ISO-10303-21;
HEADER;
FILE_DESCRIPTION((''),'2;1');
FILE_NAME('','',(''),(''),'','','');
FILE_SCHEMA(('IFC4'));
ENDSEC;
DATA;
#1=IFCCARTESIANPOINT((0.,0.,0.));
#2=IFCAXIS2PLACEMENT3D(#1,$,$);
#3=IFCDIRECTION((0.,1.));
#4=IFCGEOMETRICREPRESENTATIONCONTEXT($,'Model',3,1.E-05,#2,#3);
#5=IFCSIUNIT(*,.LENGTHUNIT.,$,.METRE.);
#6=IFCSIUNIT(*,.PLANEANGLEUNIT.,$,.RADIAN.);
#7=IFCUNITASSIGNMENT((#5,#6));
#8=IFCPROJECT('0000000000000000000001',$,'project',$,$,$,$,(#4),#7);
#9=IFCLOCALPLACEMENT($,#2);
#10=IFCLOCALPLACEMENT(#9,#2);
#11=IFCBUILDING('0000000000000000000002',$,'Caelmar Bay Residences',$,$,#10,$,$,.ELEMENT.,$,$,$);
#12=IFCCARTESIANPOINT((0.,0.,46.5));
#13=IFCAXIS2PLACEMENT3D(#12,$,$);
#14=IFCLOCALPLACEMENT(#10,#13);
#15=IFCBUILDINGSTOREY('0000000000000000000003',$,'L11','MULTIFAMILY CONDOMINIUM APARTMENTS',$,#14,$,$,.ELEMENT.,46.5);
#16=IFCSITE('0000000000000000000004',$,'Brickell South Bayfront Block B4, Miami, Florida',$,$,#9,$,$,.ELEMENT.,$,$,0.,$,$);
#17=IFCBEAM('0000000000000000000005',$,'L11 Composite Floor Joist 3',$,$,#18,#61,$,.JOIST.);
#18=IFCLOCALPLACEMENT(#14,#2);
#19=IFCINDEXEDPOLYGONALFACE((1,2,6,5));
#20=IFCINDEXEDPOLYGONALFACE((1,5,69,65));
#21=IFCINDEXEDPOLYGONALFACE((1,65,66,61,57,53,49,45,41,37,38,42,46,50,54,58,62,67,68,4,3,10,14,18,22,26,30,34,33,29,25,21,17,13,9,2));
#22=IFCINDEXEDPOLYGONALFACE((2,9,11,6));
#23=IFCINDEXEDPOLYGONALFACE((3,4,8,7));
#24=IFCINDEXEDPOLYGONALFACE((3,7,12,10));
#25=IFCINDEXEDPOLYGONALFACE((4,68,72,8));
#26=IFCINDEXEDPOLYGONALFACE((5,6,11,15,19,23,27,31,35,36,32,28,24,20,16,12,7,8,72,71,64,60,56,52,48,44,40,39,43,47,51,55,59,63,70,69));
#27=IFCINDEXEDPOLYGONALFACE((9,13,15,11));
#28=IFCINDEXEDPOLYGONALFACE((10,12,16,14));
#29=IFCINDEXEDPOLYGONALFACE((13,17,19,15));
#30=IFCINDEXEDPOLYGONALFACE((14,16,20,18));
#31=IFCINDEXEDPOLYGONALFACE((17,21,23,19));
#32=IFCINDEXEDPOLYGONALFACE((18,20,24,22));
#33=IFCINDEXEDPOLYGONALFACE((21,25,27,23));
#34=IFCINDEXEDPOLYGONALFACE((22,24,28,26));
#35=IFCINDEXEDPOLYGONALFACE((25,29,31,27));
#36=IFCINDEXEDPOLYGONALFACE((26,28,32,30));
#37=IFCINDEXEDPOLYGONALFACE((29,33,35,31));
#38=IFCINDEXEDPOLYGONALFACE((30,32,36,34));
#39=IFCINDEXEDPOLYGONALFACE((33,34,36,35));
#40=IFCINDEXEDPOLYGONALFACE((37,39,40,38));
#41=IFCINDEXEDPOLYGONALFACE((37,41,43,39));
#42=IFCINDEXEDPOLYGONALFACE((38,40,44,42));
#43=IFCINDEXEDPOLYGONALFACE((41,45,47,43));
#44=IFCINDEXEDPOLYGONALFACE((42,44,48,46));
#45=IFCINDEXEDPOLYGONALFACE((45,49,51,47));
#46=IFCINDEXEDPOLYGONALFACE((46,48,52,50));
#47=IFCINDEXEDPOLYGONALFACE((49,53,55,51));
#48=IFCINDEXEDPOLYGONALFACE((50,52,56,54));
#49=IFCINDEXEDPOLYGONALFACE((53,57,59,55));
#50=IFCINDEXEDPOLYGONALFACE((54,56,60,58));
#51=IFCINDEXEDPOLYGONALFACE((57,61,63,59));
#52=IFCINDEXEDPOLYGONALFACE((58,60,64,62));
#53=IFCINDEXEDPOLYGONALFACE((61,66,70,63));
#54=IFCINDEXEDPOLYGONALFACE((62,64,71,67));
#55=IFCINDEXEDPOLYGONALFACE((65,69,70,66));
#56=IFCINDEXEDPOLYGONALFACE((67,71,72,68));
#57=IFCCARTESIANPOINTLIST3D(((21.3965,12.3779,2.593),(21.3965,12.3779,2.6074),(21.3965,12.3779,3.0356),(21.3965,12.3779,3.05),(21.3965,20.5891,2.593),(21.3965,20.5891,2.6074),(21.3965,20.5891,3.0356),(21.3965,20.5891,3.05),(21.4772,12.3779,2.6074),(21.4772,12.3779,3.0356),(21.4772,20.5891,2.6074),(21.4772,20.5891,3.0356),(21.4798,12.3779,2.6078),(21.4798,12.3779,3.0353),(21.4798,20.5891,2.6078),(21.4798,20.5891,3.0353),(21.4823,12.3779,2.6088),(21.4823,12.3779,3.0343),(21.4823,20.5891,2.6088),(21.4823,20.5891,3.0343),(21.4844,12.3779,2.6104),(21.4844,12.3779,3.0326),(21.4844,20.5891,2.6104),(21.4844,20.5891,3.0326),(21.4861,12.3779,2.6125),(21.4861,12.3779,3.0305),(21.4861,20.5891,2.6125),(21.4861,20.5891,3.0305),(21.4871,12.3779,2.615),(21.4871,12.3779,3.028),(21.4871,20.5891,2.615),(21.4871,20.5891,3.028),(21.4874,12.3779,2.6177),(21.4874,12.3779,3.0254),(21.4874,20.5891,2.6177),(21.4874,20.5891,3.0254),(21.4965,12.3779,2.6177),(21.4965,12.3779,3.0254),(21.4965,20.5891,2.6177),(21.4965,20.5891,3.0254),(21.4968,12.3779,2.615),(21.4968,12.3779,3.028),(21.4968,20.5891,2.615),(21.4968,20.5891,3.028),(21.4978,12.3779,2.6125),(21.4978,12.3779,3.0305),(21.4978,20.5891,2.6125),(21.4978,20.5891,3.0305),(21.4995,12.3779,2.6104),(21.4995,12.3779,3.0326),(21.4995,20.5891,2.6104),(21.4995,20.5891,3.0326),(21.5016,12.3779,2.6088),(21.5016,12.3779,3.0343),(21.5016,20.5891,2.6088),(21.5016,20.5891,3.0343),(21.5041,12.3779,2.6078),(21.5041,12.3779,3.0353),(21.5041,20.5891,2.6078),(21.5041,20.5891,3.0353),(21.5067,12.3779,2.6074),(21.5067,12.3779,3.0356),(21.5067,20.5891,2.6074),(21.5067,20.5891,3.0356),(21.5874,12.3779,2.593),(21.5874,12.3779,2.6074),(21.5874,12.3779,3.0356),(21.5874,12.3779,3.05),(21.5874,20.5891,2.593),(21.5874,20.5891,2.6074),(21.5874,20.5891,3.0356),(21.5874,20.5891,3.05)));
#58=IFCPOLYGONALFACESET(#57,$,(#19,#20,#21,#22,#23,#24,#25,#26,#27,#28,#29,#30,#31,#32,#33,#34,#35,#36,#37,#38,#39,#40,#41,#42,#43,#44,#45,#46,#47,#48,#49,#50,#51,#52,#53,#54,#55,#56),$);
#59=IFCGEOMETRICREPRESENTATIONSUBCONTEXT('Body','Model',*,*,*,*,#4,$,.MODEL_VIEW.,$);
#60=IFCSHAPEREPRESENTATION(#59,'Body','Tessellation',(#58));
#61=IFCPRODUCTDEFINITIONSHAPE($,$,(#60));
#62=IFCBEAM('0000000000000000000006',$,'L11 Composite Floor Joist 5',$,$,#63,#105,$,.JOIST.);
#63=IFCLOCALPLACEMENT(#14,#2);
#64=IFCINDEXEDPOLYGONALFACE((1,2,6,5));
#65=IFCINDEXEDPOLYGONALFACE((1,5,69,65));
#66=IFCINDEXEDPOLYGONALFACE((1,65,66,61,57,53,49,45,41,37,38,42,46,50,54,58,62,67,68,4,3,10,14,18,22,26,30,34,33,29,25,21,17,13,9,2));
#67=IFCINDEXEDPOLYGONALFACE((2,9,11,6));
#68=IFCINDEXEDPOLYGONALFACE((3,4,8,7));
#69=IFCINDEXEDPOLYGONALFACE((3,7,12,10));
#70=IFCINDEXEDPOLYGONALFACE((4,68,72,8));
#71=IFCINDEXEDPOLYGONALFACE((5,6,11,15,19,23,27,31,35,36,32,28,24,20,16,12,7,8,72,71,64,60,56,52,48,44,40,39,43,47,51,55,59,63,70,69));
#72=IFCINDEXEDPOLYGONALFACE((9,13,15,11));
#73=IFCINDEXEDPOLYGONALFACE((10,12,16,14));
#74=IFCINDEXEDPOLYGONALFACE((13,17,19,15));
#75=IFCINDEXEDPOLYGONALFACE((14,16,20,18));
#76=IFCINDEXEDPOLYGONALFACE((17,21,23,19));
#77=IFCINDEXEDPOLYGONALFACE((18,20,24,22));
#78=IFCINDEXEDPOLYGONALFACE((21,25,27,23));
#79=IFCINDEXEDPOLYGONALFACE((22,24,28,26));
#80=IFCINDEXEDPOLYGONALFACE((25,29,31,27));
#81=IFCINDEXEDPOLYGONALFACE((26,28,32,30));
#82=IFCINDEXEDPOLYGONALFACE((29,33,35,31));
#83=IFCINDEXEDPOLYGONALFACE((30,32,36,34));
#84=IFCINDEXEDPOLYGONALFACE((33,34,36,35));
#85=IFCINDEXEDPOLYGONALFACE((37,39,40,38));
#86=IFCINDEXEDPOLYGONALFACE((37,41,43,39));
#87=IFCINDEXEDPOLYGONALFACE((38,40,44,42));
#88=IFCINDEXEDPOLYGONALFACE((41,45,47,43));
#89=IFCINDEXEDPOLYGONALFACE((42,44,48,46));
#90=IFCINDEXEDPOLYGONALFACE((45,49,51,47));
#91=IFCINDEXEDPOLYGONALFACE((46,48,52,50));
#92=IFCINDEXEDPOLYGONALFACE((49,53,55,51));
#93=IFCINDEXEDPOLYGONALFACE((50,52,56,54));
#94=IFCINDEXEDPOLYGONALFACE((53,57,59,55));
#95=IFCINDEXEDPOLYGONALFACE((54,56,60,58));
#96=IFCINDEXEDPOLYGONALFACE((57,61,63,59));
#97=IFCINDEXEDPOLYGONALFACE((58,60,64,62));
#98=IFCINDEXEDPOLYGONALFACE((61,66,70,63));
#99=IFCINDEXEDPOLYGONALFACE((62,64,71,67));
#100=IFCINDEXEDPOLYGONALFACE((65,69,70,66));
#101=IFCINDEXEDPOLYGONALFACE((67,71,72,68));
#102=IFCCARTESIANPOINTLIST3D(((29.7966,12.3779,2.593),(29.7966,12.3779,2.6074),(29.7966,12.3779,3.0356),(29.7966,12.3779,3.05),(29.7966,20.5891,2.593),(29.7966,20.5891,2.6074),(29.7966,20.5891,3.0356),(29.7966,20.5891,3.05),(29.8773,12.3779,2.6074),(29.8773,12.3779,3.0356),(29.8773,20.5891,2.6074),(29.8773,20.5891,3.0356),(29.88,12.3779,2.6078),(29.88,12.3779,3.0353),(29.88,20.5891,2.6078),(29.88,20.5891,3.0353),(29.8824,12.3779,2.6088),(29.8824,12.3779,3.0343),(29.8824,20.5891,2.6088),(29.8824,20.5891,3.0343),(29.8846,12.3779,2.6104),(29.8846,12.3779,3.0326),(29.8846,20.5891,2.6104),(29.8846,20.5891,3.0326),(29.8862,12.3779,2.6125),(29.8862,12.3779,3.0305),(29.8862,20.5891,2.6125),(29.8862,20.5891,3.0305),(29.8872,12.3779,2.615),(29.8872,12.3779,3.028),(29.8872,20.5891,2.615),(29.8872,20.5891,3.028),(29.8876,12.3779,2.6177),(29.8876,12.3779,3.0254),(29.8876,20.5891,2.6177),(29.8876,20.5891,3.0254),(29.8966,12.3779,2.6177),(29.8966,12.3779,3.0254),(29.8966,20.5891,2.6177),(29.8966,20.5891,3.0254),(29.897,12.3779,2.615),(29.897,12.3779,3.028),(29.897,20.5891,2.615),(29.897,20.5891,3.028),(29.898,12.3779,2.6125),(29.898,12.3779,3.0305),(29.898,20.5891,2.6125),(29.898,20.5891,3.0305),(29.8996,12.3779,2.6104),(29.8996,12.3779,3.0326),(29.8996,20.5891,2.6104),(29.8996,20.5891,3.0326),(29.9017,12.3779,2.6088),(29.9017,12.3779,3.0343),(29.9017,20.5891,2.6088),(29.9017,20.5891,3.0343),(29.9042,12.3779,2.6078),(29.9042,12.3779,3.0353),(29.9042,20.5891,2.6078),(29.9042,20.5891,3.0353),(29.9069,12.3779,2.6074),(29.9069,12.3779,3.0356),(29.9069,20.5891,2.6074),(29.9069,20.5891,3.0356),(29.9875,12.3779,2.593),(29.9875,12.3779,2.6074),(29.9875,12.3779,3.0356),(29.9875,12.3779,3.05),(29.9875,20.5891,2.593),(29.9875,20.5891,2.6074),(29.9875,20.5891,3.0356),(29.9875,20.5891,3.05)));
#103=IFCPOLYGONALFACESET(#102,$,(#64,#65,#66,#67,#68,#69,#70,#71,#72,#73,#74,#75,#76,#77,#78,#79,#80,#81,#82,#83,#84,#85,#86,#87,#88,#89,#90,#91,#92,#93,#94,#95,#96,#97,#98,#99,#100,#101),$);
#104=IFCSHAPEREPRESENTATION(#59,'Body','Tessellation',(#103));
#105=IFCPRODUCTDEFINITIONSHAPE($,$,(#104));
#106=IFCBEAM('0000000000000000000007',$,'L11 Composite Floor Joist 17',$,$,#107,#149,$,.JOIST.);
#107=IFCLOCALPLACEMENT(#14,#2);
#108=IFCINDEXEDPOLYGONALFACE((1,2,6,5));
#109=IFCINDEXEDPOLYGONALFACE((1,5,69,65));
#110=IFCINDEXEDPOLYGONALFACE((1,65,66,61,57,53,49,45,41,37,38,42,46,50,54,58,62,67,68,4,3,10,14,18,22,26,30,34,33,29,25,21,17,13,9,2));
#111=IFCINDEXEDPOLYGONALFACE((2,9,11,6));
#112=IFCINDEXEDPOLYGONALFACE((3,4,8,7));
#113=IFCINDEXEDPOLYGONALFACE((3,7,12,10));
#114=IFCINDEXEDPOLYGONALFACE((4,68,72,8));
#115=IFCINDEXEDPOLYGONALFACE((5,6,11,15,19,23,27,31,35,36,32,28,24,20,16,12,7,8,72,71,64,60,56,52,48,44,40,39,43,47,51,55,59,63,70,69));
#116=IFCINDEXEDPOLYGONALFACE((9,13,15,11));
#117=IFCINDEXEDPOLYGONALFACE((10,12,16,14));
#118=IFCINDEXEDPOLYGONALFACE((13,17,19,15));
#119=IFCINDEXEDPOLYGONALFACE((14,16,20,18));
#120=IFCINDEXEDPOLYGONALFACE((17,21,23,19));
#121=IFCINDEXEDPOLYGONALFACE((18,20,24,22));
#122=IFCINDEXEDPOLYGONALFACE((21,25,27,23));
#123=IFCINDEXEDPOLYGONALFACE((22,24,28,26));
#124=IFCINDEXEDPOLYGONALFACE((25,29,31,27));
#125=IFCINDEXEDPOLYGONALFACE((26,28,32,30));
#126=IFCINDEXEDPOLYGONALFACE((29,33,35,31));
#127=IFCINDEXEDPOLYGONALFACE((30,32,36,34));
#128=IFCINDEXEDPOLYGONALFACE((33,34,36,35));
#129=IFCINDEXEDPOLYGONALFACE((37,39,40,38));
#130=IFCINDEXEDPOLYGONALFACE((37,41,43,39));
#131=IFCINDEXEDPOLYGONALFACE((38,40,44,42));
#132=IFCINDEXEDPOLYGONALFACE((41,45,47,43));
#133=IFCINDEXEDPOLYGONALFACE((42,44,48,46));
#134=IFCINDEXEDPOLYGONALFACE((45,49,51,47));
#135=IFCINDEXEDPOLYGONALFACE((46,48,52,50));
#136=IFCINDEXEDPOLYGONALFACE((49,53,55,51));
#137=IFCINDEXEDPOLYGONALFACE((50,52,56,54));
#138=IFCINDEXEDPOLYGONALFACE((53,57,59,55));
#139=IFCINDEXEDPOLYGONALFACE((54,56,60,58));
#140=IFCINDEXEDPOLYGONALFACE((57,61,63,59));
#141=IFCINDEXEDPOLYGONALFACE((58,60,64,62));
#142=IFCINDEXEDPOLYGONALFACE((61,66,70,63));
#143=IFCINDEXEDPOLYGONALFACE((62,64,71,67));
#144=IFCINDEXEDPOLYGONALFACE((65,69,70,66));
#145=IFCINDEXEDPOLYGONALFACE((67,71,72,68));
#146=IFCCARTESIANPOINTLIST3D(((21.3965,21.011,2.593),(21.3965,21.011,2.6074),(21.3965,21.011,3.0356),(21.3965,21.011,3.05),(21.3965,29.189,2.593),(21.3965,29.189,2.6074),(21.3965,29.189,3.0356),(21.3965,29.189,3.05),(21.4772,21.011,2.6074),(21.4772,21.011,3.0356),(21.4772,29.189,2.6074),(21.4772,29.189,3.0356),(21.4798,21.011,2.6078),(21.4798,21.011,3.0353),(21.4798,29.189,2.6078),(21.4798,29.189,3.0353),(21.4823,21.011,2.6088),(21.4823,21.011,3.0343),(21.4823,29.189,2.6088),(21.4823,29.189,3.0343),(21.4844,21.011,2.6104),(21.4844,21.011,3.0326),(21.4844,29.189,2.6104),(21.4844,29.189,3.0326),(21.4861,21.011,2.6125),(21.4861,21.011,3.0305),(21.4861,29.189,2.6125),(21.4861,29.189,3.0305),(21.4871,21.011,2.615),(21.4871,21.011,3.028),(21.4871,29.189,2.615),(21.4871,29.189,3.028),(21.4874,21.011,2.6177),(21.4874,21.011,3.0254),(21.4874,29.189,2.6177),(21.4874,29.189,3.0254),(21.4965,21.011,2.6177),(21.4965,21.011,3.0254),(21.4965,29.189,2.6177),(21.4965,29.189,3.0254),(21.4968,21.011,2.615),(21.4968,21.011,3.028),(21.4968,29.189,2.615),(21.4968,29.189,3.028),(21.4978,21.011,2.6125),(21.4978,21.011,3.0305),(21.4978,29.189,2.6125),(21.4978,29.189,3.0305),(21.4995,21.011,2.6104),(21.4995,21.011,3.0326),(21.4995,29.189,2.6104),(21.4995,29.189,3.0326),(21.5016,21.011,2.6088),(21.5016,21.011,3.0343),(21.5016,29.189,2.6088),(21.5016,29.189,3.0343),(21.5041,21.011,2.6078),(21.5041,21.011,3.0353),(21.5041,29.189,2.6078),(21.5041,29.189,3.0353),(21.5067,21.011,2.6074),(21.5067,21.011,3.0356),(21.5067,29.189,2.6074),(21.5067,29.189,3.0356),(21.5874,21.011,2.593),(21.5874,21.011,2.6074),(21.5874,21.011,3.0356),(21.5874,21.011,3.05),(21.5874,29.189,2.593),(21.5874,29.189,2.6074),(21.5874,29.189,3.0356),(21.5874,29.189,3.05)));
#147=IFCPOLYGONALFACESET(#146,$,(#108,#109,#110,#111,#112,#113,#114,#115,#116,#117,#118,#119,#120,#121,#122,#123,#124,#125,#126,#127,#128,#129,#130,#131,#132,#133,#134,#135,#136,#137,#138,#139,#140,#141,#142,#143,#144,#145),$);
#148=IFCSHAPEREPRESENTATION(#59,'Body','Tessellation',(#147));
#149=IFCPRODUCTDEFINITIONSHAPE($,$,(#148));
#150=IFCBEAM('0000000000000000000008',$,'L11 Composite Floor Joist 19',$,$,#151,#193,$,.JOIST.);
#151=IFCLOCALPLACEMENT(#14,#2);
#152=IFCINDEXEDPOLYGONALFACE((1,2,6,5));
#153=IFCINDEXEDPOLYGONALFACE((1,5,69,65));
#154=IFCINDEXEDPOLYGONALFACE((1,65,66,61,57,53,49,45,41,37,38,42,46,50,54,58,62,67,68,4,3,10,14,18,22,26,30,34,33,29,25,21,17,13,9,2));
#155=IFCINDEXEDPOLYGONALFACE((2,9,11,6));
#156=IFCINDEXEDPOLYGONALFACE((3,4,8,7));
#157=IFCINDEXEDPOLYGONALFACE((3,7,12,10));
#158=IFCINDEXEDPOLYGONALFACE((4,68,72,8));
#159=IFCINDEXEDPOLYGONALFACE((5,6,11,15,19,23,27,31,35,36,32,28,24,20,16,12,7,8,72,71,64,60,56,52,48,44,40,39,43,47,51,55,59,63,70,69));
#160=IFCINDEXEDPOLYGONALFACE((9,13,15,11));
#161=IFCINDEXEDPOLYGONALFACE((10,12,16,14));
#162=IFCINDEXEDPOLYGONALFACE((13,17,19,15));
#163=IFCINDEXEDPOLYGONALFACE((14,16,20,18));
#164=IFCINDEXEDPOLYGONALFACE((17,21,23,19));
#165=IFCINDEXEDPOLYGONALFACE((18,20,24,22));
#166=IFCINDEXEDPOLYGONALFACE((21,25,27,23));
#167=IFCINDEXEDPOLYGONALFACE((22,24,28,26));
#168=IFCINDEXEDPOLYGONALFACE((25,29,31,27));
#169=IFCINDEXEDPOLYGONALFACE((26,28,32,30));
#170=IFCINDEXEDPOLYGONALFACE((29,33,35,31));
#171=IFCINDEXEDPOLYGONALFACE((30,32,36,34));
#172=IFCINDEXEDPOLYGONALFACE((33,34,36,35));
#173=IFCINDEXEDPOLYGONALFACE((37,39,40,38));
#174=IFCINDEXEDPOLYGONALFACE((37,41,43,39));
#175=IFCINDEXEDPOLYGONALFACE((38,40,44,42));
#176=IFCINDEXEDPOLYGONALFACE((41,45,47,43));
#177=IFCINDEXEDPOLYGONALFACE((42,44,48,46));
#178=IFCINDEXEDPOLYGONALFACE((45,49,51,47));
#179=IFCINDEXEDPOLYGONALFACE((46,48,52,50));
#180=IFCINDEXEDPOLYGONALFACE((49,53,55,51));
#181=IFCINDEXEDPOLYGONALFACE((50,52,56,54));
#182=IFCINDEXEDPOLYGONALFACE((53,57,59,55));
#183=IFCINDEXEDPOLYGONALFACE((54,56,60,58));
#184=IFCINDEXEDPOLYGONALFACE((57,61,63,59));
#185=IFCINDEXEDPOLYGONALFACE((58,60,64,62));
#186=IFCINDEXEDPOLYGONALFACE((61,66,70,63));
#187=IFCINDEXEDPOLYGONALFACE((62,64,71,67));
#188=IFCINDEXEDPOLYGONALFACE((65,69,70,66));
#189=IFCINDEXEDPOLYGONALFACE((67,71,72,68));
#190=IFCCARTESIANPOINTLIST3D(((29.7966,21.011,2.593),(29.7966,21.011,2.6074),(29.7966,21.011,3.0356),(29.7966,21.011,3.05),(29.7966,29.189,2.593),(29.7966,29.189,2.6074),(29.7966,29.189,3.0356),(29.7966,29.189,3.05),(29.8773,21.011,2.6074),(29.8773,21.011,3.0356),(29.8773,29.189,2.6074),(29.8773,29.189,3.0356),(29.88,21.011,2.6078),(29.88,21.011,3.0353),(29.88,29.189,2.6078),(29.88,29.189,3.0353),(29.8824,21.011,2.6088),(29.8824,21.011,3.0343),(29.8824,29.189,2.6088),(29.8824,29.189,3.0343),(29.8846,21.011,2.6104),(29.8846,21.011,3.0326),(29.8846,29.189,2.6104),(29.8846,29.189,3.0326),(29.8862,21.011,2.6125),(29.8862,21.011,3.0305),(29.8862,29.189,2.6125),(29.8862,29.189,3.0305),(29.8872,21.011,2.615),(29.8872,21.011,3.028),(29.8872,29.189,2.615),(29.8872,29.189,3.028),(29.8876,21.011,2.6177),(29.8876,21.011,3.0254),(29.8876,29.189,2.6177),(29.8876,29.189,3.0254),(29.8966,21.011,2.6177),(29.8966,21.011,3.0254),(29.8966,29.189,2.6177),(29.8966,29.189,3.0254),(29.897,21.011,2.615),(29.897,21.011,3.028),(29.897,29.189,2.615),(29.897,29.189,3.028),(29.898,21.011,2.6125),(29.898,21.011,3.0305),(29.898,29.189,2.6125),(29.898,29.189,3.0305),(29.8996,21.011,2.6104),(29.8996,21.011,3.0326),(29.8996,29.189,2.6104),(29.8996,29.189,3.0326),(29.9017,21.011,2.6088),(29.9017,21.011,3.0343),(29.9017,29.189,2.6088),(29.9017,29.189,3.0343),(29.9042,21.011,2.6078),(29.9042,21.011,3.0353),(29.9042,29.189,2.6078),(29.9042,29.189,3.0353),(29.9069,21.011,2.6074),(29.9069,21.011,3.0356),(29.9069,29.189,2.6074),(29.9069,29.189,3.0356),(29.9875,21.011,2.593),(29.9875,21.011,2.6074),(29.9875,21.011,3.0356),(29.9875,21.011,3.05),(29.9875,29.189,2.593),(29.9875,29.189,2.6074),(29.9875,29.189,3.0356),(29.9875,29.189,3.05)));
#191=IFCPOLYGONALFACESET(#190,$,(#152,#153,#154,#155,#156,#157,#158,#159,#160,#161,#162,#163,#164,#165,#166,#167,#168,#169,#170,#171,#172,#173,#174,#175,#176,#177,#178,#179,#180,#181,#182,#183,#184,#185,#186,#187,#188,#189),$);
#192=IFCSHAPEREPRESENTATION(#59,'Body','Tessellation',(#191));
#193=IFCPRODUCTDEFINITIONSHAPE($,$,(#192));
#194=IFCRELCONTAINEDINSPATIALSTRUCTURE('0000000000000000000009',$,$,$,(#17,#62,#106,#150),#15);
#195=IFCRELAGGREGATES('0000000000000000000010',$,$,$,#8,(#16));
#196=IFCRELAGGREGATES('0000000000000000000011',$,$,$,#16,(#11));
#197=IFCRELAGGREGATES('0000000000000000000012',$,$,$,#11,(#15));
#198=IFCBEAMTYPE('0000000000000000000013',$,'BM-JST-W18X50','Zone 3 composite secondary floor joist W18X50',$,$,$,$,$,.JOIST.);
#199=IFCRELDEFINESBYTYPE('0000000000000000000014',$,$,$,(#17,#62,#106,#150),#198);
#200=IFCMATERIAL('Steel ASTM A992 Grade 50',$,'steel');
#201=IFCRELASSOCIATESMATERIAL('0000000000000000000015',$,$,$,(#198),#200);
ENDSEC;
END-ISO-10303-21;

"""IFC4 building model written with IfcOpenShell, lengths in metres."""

from ifc_helpers import new_model, si_unit, direction, frame, origin, origin_2d, place, context, subcontext, project, spatial, i_section, extrude, material, material_profile, profile_set, type_object, element, save


model = new_model("IFC4")

# Units and contexts
model_context = context("Model", 3, precision=1e-05, world=origin(), true_north=direction((0.0, 1.0)))
body_context = subcontext(model_context, "Body", "Model", "MODEL_VIEW")
ifc_project = project(units=[si_unit("LENGTHUNIT", "METRE"), si_unit("PLANEANGLEUNIT", "RADIAN")], contexts=[model_context])

# Site, building, storey
site_placement = place(None, origin())
site = spatial("IfcSite", under=ifc_project, at=site_placement, Name="Brickell South Bayfront Block B4, Miami, Florida", CompositionType="ELEMENT", RefElevation=0.0)
building_placement = place(site_placement, origin())
building = spatial("IfcBuilding", under=site, at=building_placement, Name="Caelmar Bay Residences", CompositionType="ELEMENT")
storey_placement = place(building_placement, frame((0.0, 0.0, 46.5)))
storey = spatial("IfcBuildingStorey", under=building, at=storey_placement, Name="L11", Description="MULTIFAMILY CONDOMINIUM APARTMENTS", CompositionType="ELEMENT", Elevation=46.5)

# Beams
ifc_material_1 = material(Name="Steel ASTM A992 Grade 50", Category="steel")
ifc_material_profile_1 = material_profile(ifc_material_1, i_section(OverallWidth=0.1909, OverallDepth=0.457, WebThickness=0.009, FlangeThickness=0.0144, FilletRadius=0.0103, at=origin_2d()), Name="W18X50")
ifc_profile_set_1 = profile_set([ifc_material_profile_1], Name="Steel ASTM A992 Grade 50")
beam_type_1 = type_object("IfcBeamType", Name="BM-JST-W18X50", Description="Zone 3 composite secondary floor joist W18X50", PredefinedType="JOIST", material=ifc_profile_set_1)
for number, where, z_axis, x_axis, name in (
    (1, (21.4919, 12.3779, 2.8215), (0.0, 1.0, 0.0), (-1.0, 0.0, 0.0), "L11 Composite Floor Joist 3"),
    (2, (29.8921, 12.3779, 2.8215), (0.0, 1.0, 0.0), (-1.0, 0.0, 0.0), "L11 Composite Floor Joist 5"),
):
    element("IfcBeam", number, at=place(storey_placement, frame(where, z_axis=z_axis, x_axis=x_axis)), inside=storey, type_object=beam_type_1, Name=name, PredefinedType="JOIST", context=body_context, shape_type="SweptSolid", body=[
        extrude(i_section(OverallWidth=0.1909, OverallDepth=0.457, WebThickness=0.009, FlangeThickness=0.0144, FilletRadius=0.0103, at=origin_2d()), origin(), (0.0, 0.0, 1.0), 8.2112),
    ])
for number, where, z_axis, x_axis, name in (
    (3, (21.4919, 21.011, 2.8215), (0.0, 1.0, 0.0), (-1.0, 0.0, 0.0), "L11 Composite Floor Joist 17"),
    (4, (29.8921, 21.011, 2.8215), (0.0, 1.0, 0.0), (-1.0, 0.0, 0.0), "L11 Composite Floor Joist 19"),
):
    element("IfcBeam", number, at=place(storey_placement, frame(where, z_axis=z_axis, x_axis=x_axis)), inside=storey, type_object=beam_type_1, Name=name, PredefinedType="JOIST", context=body_context, shape_type="SweptSolid", body=[
        extrude(i_section(OverallWidth=0.1909, OverallDepth=0.457, WebThickness=0.009, FlangeThickness=0.0144, FilletRadius=0.0103, at=origin_2d()), origin(), (0.0, 0.0, 1.0), 8.178),
    ])

save(model, "model.ifc")
